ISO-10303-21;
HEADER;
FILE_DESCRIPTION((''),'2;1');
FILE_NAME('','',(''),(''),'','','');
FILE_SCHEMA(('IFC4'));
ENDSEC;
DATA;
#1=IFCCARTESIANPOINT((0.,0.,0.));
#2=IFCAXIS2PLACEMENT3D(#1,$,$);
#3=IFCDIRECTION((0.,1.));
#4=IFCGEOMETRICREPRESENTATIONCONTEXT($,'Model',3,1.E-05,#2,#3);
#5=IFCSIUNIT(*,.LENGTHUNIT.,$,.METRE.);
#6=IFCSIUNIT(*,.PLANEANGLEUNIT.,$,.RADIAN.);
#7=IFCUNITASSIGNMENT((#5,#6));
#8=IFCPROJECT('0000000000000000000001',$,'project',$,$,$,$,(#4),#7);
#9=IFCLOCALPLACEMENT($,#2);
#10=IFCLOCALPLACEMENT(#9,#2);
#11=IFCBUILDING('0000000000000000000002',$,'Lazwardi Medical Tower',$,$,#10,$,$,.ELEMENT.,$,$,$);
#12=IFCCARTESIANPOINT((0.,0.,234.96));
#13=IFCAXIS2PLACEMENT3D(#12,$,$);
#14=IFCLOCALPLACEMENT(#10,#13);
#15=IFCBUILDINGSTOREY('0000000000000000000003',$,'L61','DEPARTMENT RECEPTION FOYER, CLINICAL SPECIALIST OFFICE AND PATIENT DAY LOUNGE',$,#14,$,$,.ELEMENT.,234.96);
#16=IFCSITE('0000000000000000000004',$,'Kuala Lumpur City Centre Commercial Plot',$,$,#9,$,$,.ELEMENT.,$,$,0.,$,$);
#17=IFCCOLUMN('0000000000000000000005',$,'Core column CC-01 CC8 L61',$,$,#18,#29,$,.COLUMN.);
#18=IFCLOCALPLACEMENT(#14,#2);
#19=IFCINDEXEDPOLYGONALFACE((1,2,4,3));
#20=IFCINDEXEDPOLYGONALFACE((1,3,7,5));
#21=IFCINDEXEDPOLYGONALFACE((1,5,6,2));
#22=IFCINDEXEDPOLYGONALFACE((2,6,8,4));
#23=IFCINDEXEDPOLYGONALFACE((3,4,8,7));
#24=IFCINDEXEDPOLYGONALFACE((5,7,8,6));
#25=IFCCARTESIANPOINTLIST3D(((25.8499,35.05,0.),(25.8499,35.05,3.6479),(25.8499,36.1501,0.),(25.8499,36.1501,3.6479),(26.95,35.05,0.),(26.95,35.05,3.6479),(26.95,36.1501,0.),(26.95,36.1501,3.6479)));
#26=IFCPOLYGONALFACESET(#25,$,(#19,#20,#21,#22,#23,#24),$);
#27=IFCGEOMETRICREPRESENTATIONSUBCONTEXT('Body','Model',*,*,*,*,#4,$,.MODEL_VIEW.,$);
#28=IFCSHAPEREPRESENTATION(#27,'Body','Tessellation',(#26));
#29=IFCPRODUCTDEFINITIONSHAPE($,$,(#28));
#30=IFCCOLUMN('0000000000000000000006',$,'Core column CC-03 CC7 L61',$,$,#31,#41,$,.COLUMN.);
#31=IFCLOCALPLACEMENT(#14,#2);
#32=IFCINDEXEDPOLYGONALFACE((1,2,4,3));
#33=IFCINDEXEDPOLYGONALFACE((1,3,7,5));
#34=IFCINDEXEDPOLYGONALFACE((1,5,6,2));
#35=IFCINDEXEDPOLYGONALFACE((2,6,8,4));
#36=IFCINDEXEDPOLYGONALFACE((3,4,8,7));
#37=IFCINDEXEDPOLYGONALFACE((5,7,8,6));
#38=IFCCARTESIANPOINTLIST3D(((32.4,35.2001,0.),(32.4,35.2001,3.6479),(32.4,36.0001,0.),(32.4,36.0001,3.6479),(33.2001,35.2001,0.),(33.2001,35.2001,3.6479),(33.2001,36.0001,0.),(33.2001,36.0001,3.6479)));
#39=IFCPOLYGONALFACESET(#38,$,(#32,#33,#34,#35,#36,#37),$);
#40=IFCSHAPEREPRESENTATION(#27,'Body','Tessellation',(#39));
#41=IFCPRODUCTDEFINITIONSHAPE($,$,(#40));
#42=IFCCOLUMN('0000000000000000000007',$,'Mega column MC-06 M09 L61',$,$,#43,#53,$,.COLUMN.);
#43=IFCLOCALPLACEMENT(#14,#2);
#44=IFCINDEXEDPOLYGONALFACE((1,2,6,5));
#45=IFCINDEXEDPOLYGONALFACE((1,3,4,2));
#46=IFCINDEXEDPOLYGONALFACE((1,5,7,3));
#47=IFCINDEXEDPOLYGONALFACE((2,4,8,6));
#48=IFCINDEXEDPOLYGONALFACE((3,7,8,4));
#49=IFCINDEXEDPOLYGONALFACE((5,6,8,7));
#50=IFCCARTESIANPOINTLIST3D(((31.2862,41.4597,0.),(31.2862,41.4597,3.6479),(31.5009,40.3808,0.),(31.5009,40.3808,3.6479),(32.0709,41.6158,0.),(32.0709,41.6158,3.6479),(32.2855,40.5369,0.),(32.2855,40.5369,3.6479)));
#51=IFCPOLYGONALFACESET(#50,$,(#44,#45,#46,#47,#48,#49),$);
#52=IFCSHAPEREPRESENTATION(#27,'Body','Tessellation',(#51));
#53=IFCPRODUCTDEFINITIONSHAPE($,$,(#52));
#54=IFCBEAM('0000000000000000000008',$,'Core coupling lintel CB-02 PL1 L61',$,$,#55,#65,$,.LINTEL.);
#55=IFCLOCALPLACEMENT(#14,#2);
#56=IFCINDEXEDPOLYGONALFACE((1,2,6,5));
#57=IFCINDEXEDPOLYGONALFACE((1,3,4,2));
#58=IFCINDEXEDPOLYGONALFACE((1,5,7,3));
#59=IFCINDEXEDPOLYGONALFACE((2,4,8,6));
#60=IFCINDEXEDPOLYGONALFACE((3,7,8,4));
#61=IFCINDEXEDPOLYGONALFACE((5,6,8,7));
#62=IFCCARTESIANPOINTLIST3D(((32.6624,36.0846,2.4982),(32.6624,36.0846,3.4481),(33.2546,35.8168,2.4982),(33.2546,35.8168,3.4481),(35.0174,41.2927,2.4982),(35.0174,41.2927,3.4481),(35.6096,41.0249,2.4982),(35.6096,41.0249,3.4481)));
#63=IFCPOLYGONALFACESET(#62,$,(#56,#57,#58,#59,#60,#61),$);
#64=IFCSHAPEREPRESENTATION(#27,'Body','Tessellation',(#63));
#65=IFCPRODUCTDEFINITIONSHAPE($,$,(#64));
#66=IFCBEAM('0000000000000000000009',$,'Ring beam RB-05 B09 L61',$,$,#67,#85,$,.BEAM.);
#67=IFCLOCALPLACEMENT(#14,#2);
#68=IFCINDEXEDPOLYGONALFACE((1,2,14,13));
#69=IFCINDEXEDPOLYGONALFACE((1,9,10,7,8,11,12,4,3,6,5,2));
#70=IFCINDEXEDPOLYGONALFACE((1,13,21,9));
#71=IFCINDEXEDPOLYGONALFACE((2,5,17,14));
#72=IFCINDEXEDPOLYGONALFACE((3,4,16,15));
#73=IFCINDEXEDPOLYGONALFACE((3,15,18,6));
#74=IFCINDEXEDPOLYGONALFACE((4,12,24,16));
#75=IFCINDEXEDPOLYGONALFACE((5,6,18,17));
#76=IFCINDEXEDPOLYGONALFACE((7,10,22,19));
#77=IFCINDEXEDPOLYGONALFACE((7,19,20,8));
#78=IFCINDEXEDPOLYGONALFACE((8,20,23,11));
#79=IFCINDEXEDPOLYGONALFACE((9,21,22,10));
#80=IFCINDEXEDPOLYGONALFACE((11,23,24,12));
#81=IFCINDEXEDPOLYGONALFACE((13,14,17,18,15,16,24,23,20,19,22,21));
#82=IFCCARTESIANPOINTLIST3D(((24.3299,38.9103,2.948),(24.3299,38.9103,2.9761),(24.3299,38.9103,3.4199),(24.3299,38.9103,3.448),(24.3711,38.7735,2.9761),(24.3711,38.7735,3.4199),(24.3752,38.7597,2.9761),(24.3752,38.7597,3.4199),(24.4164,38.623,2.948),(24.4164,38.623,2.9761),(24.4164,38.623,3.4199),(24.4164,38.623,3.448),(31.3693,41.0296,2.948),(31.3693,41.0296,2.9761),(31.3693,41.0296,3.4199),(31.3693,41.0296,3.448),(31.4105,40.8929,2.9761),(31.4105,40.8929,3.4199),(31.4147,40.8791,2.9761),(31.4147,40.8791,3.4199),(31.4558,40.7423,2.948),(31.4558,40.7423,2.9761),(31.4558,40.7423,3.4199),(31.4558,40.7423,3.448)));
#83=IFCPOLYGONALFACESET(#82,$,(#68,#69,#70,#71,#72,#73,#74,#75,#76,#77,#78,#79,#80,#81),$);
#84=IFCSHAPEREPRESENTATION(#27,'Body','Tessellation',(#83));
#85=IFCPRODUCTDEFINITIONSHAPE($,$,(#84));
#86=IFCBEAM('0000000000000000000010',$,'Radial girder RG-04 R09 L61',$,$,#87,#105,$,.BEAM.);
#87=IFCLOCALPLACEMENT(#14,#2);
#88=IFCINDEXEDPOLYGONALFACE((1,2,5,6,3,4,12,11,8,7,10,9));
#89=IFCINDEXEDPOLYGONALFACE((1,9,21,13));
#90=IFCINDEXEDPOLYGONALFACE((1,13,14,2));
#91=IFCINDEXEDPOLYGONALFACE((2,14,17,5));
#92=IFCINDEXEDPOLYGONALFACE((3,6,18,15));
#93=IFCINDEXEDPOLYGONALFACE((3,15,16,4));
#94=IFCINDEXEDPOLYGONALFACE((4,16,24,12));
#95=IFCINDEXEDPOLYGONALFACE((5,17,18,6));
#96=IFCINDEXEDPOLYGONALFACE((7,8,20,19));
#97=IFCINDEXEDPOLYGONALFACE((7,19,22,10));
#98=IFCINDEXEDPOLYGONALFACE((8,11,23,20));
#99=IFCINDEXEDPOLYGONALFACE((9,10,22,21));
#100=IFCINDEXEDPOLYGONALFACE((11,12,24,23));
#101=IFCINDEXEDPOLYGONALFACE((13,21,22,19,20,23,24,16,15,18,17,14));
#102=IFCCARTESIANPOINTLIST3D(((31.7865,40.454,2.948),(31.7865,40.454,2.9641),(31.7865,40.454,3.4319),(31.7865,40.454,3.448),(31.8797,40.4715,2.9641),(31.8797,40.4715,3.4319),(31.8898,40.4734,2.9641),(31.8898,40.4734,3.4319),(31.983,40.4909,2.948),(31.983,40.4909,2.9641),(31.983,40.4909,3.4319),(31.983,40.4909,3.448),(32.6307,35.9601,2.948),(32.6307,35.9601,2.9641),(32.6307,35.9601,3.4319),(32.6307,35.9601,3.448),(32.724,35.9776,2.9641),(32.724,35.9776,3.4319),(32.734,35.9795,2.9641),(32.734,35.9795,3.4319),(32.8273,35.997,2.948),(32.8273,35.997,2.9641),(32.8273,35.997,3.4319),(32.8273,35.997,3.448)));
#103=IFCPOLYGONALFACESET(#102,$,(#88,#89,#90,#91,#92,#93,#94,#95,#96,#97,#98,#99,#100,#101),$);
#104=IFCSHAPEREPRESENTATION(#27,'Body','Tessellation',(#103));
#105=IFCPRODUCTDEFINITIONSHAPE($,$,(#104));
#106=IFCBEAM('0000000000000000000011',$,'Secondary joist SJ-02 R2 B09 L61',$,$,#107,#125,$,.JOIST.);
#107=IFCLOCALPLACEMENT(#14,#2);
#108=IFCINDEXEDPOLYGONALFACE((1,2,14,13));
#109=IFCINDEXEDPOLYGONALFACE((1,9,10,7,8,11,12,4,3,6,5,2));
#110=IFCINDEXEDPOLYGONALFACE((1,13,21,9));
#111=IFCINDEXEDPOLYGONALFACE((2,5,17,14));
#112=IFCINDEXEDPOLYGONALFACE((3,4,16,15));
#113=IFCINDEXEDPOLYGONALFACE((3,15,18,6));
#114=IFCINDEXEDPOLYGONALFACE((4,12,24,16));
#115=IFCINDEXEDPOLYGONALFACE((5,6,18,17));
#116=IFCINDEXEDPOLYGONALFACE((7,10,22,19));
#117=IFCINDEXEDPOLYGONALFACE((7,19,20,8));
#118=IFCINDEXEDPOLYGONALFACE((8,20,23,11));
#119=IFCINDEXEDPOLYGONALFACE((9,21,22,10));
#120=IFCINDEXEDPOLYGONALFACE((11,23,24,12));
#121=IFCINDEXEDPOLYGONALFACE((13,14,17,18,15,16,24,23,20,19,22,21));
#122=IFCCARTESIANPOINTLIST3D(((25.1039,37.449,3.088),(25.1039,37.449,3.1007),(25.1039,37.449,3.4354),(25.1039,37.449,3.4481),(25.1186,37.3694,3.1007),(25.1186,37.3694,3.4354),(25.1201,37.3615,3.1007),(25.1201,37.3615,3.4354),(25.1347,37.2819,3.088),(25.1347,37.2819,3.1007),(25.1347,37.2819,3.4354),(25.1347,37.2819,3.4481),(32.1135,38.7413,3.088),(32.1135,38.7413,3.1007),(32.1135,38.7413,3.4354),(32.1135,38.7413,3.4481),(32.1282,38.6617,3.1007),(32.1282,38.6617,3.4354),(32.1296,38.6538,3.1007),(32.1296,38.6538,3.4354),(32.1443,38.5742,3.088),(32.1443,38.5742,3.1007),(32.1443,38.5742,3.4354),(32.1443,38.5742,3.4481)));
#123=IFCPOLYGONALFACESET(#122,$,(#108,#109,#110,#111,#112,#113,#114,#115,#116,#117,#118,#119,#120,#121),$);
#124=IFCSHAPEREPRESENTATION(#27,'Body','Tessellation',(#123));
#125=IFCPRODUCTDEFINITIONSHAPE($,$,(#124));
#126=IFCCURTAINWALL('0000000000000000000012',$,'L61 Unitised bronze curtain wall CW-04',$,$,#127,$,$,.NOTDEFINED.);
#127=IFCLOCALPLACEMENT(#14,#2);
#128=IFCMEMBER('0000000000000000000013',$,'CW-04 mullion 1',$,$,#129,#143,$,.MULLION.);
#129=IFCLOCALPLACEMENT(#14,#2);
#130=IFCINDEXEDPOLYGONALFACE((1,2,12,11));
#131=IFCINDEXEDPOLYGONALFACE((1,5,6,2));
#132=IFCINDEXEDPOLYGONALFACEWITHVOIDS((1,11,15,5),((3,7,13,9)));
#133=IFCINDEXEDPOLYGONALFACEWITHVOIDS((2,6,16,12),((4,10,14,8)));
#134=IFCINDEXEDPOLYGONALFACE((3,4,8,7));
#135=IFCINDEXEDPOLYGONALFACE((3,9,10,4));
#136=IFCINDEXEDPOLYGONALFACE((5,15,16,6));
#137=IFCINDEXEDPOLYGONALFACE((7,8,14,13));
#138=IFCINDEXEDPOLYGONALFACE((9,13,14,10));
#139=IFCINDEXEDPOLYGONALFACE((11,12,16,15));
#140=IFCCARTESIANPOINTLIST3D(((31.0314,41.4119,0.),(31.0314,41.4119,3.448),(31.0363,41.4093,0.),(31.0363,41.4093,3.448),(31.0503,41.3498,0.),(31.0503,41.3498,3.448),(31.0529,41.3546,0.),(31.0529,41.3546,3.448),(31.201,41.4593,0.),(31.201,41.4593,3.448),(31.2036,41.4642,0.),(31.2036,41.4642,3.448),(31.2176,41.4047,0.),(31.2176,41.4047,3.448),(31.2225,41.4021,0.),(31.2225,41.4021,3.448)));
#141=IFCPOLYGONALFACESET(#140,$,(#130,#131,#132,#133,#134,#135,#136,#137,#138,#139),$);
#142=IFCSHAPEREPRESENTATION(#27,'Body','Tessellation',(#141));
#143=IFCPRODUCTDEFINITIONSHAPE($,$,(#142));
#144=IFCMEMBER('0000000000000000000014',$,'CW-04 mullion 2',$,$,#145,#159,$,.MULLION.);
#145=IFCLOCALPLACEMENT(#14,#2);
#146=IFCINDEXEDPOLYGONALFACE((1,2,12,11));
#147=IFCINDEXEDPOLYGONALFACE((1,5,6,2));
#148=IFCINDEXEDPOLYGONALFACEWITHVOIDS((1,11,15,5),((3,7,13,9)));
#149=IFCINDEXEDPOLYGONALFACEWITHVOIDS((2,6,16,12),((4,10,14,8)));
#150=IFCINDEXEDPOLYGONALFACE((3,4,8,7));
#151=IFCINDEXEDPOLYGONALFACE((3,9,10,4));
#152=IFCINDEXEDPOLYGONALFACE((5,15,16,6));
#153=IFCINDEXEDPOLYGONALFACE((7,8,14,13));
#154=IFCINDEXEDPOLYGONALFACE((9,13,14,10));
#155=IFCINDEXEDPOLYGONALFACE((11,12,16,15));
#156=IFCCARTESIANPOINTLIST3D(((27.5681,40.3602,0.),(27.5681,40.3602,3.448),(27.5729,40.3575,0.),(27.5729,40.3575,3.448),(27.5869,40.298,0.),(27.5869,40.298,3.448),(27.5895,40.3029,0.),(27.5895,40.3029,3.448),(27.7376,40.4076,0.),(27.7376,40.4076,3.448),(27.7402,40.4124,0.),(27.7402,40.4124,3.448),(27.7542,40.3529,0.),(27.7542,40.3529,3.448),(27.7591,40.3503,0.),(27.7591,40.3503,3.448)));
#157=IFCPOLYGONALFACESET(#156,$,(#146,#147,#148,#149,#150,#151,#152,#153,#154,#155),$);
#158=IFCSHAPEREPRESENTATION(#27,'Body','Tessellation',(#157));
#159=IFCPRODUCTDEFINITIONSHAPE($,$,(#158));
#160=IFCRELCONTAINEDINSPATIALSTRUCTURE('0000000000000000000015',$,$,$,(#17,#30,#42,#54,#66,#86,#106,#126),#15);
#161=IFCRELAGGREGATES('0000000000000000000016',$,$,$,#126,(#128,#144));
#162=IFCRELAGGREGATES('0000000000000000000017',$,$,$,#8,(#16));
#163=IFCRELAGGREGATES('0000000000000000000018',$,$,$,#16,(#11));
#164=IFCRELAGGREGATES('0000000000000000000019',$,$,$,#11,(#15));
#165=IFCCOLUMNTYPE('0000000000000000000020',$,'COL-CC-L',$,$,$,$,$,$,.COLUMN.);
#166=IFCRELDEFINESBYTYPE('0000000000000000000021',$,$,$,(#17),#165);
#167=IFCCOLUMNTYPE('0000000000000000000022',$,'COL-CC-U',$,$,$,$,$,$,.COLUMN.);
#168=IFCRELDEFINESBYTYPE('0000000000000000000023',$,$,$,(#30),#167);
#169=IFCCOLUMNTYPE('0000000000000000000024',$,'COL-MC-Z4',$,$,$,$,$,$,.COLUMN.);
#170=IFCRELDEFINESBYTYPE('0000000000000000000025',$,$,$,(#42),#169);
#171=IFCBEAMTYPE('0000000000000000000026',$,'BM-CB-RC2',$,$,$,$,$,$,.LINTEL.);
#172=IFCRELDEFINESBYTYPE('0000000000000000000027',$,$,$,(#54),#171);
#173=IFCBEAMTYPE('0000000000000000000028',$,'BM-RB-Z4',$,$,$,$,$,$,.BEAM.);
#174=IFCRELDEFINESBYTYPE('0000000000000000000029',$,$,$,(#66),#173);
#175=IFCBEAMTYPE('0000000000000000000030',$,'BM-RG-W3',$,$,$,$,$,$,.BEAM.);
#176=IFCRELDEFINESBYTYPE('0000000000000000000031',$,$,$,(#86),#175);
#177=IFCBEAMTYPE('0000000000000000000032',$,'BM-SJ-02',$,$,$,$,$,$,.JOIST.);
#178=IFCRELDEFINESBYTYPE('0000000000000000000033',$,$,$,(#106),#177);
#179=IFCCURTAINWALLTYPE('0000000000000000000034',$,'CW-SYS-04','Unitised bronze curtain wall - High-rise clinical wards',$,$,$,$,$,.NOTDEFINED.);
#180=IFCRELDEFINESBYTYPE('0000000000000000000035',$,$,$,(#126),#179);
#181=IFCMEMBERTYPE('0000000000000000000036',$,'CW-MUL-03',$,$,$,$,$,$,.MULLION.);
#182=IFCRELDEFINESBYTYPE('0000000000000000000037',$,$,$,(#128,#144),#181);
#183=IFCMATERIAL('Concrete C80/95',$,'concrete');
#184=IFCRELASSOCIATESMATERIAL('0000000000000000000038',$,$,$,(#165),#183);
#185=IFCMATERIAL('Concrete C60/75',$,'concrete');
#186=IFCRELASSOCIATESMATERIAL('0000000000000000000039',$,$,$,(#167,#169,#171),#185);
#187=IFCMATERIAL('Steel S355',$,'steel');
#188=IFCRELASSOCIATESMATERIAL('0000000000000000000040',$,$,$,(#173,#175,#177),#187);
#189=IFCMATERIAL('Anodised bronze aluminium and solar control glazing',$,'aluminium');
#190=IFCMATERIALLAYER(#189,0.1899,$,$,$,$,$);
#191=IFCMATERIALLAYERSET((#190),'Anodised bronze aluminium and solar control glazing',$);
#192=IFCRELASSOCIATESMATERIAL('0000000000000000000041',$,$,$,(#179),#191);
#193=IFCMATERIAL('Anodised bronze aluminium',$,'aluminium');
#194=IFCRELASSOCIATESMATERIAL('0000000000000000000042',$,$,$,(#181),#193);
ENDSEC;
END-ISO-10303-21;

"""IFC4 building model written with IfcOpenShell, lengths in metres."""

from ifc_helpers import new_model, si_unit, direction, frame, origin, origin_2d, place, context, subcontext, project, spatial, rectangle, hollow_rectangle, i_section, extrude, material, layer, layer_set, material_profile, profile_set, type_object, element, aggregate, save


model = new_model("IFC4")

# Units and contexts
model_context = context("Model", 3, precision=1e-05, world=origin(), true_north=direction((0.0, 1.0)))
body_context = subcontext(model_context, "Body", "Model", "MODEL_VIEW")
ifc_project = project(units=[si_unit("LENGTHUNIT", "METRE"), si_unit("PLANEANGLEUNIT", "RADIAN")], contexts=[model_context])

# Site, building, storey
site_placement = place(None, origin())
site = spatial("IfcSite", under=ifc_project, at=site_placement, Name="Kuala Lumpur City Centre Commercial Plot", CompositionType="ELEMENT", RefElevation=0.0)
building_placement = place(site_placement, origin())
building = spatial("IfcBuilding", under=site, at=building_placement, Name="Lazwardi Medical Tower", CompositionType="ELEMENT")
storey_placement = place(building_placement, frame((0.0, 0.0, 234.96)))
storey = spatial("IfcBuildingStorey", under=building, at=storey_placement, Name="L61", Description="DEPARTMENT RECEPTION FOYER, CLINICAL SPECIALIST OFFICE AND PATIENT DAY LOUNGE", CompositionType="ELEMENT", Elevation=234.96)

# Columns
ifc_material_1 = material(Name="Concrete C80/95", Category="concrete")
ifc_material_profile_1 = material_profile(ifc_material_1, rectangle(XDim=1.1001, YDim=1.1001, at=origin_2d()), Name="RC 1100x1100")
ifc_profile_set_1 = profile_set([ifc_material_profile_1], Name="Concrete C80/95")
column_type_1 = type_object("IfcColumnType", Name="COL-CC-L", PredefinedType="COLUMN", material=ifc_profile_set_1)
column_1_placement = place(storey_placement, frame((26.3999, 35.6001, 0.0), z_axis=(0.0, 0.0, 1.0), x_axis=(1.0, 0.0, 0.0)))
element("IfcColumn", 1, at=column_1_placement, inside=storey, type_object=column_type_1, Name="Core column CC-01 CC8 L61", PredefinedType="COLUMN", context=body_context, shape_type="SweptSolid", body=[
    extrude(rectangle(XDim=1.1001, YDim=1.1001, at=origin_2d()), origin(), (0.0, 0.0, 1.0), 3.6479),
])
ifc_material_2 = material(Name="Concrete C60/75", Category="concrete")
ifc_material_profile_2 = material_profile(ifc_material_2, rectangle(XDim=0.8, YDim=0.8, at=origin_2d()), Name="RC 800x800")
ifc_profile_set_2 = profile_set([ifc_material_profile_2], Name="Concrete C60/75")
column_type_2 = type_object("IfcColumnType", Name="COL-CC-U", PredefinedType="COLUMN", material=ifc_profile_set_2)
column_2_placement = place(storey_placement, frame((32.8, 35.6001, 0.0), z_axis=(0.0, 0.0, 1.0), x_axis=(1.0, 0.0, 0.0)))
element("IfcColumn", 2, at=column_2_placement, inside=storey, type_object=column_type_2, Name="Core column CC-03 CC7 L61", PredefinedType="COLUMN", context=body_context, shape_type="SweptSolid", body=[
    extrude(rectangle(XDim=0.8, YDim=0.8, at=origin_2d()), origin(), (0.0, 0.0, 1.0), 3.6479),
])
ifc_material_profile_3 = material_profile(ifc_material_2, rectangle(XDim=1.1001, YDim=0.8, at=origin_2d()), Name="CFT-RECT 1100x800")
ifc_profile_set_3 = profile_set([ifc_material_profile_3], Name="Concrete C60/75")
column_type_3 = type_object("IfcColumnType", Name="COL-MC-Z4", PredefinedType="COLUMN", material=ifc_profile_set_3)
column_3_placement = place(storey_placement, frame((31.7859, 40.9983, 0.0), z_axis=(0.0, 0.0, 1.0), x_axis=(-0.19509, 0.980785, 0.0)))
element("IfcColumn", 3, at=column_3_placement, inside=storey, type_object=column_type_3, Name="Mega column MC-06 M09 L61", PredefinedType="COLUMN", context=body_context, shape_type="SweptSolid", body=[
    extrude(rectangle(XDim=1.1001, YDim=0.8, at=origin_2d()), origin(), (0.0, 0.0, 1.0), 3.6479),
])

# Beams
ifc_material_profile_4 = material_profile(ifc_material_2, rectangle(XDim=0.6499, YDim=0.95, at=origin_2d()), Name="RC 650x950")
ifc_profile_set_4 = profile_set([ifc_material_profile_4], Name="Concrete C60/75")
beam_type_1 = type_object("IfcBeamType", Name="BM-CB-RC2", PredefinedType="LINTEL", material=ifc_profile_set_4)
beam_1_placement = place(storey_placement, frame((32.9585, 35.9507, 2.9731), z_axis=(0.412019, 0.911175, 0.0), x_axis=(-0.911175, 0.412019, 0.0)))
element("IfcBeam", 4, at=beam_1_placement, inside=storey, type_object=beam_type_1, Name="Core coupling lintel CB-02 PL1 L61", PredefinedType="LINTEL", context=body_context, shape_type="SweptSolid", body=[
    extrude(rectangle(XDim=0.6499, YDim=0.95, at=origin_2d()), origin(), (0.0, 0.0, 1.0), 5.7158),
])
ifc_material_3 = material(Name="Steel S355", Category="steel")
ifc_material_profile_5 = material_profile(ifc_material_3, i_section(OverallWidth=0.3, OverallDepth=0.5, WebThickness=0.0144, FlangeThickness=0.0281, at=origin_2d()), Name="HEB 500")
ifc_profile_set_5 = profile_set([ifc_material_profile_5], Name="Steel S355")
beam_type_2 = type_object("IfcBeamType", Name="BM-RB-Z4", PredefinedType="BEAM", material=ifc_profile_set_5)
beam_2_placement = place(storey_placement, frame((31.4126, 40.886, 3.198), z_axis=(-0.957544, -0.288286, 0.0), x_axis=(0.288286, -0.957544, 0.0)))
element("IfcBeam", 5, at=beam_2_placement, inside=storey, type_object=beam_type_2, Name="Ring beam RB-05 B09 L61", PredefinedType="BEAM", context=body_context, shape_type="SweptSolid", body=[
    extrude(i_section(OverallWidth=0.3, OverallDepth=0.5, WebThickness=0.0144, FlangeThickness=0.0281, at=origin_2d()), origin(), (0.0, 0.0, 1.0), 7.3516),
])
ifc_material_profile_6 = material_profile(ifc_material_3, i_section(OverallWidth=0.2, OverallDepth=0.5, WebThickness=0.0103, FlangeThickness=0.0161, at=origin_2d()), Name="IPE 500")
ifc_profile_set_6 = profile_set([ifc_material_profile_6], Name="Steel S355")
beam_type_3 = type_object("IfcBeamType", Name="BM-RG-W3", PredefinedType="BEAM", material=ifc_profile_set_6)
beam_3_placement = place(storey_placement, frame((31.8848, 40.4724, 3.198), z_axis=(0.184633, -0.982807, 0.0), x_axis=(0.982807, 0.184633, 0.0)))
element("IfcBeam", 6, at=beam_3_placement, inside=storey, type_object=beam_type_3, Name="Radial girder RG-04 R09 L61", PredefinedType="BEAM", context=body_context, shape_type="SweptSolid", body=[
    extrude(i_section(OverallWidth=0.2, OverallDepth=0.5, WebThickness=0.0103, FlangeThickness=0.0161, at=origin_2d()), origin(), (0.0, 0.0, 1.0), 4.5725),
])
ifc_material_profile_7 = material_profile(ifc_material_3, i_section(OverallWidth=0.1699, OverallDepth=0.3601, WebThickness=0.0081, FlangeThickness=0.0127, at=origin_2d()), Name="IPE 360")
ifc_profile_set_7 = profile_set([ifc_material_profile_7], Name="Steel S355")
beam_type_4 = type_object("IfcBeamType", Name="BM-SJ-02", PredefinedType="JOIST", material=ifc_profile_set_7)
beam_4_placement = place(storey_placement, frame((32.1289, 38.6577, 3.2681), z_axis=(-0.983428, -0.181299, 0.0), x_axis=(0.181299, -0.983428, 0.0)))
element("IfcBeam", 7, at=beam_4_placement, inside=storey, type_object=beam_type_4, Name="Secondary joist SJ-02 R2 B09 L61", PredefinedType="JOIST", context=body_context, shape_type="SweptSolid", body=[
    extrude(i_section(OverallWidth=0.1699, OverallDepth=0.3601, WebThickness=0.0081, FlangeThickness=0.0127, at=origin_2d()), origin(), (0.0, 0.0, 1.0), 7.1277),
])

# Curtain wall, members
ifc_material_4 = material(Name="Anodised bronze aluminium and solar control glazing", Category="aluminium")
ifc_layer_1 = layer(ifc_material_4, 0.1899)
ifc_layer_set_1 = layer_set([ifc_layer_1], Name="Anodised bronze aluminium and solar control glazing")
curtain_wall_type = type_object("IfcCurtainWallType", Name="CW-SYS-04", Description="Unitised bronze curtain wall - High-rise clinical wards", PredefinedType="NOTDEFINED", material=ifc_layer_set_1)
curtain_wall_placement = place(storey_placement, origin())
curtain_wall = element("IfcCurtainWall", 8, at=curtain_wall_placement, inside=storey, type_object=curtain_wall_type, Name="L61 Unitised bronze curtain wall CW-04", PredefinedType="NOTDEFINED")
ifc_material_5 = material(Name="Anodised bronze aluminium", Category="aluminium")
ifc_material_profile_8 = material_profile(ifc_material_5, hollow_rectangle(XDim=0.0649, YDim=0.1799, WallThickness=0.0039, at=origin_2d()), Name="ALU-MULLION 180x65x4")
ifc_profile_set_8 = profile_set([ifc_material_profile_8], Name="Anodised bronze aluminium")
member_type_1 = type_object("IfcMemberType", Name="CW-MUL-03", PredefinedType="MULLION", material=ifc_profile_set_8)
member_1_placement = place(storey_placement, frame((31.127, 41.407, 0.0), z_axis=(0.0, 0.0, 1.0), x_axis=(0.290582, -0.95685, 0.0)))
member_1 = element("IfcMember", 9, at=member_1_placement, type_object=member_type_1, Name="CW-04 mullion 1", PredefinedType="MULLION", context=body_context, shape_type="SweptSolid", body=[
    extrude(hollow_rectangle(XDim=0.0649, YDim=0.1799, WallThickness=0.0039, at=origin_2d()), origin(), (0.0, 0.0, 1.0), 3.448),
])
member_2_placement = place(storey_placement, frame((27.6636, 40.3552, 0.0), z_axis=(0.0, 0.0, 1.0), x_axis=(0.290582, -0.95685, 0.0)))
member_2 = element("IfcMember", 10, at=member_2_placement, type_object=member_type_1, Name="CW-04 mullion 2", PredefinedType="MULLION", context=body_context, shape_type="SweptSolid", body=[
    extrude(hollow_rectangle(XDim=0.0649, YDim=0.1799, WallThickness=0.0039, at=origin_2d()), origin(), (0.0, 0.0, 1.0), 3.448),
])
aggregate(curtain_wall, [member_1, member_2])

save(model, "model.ifc")
